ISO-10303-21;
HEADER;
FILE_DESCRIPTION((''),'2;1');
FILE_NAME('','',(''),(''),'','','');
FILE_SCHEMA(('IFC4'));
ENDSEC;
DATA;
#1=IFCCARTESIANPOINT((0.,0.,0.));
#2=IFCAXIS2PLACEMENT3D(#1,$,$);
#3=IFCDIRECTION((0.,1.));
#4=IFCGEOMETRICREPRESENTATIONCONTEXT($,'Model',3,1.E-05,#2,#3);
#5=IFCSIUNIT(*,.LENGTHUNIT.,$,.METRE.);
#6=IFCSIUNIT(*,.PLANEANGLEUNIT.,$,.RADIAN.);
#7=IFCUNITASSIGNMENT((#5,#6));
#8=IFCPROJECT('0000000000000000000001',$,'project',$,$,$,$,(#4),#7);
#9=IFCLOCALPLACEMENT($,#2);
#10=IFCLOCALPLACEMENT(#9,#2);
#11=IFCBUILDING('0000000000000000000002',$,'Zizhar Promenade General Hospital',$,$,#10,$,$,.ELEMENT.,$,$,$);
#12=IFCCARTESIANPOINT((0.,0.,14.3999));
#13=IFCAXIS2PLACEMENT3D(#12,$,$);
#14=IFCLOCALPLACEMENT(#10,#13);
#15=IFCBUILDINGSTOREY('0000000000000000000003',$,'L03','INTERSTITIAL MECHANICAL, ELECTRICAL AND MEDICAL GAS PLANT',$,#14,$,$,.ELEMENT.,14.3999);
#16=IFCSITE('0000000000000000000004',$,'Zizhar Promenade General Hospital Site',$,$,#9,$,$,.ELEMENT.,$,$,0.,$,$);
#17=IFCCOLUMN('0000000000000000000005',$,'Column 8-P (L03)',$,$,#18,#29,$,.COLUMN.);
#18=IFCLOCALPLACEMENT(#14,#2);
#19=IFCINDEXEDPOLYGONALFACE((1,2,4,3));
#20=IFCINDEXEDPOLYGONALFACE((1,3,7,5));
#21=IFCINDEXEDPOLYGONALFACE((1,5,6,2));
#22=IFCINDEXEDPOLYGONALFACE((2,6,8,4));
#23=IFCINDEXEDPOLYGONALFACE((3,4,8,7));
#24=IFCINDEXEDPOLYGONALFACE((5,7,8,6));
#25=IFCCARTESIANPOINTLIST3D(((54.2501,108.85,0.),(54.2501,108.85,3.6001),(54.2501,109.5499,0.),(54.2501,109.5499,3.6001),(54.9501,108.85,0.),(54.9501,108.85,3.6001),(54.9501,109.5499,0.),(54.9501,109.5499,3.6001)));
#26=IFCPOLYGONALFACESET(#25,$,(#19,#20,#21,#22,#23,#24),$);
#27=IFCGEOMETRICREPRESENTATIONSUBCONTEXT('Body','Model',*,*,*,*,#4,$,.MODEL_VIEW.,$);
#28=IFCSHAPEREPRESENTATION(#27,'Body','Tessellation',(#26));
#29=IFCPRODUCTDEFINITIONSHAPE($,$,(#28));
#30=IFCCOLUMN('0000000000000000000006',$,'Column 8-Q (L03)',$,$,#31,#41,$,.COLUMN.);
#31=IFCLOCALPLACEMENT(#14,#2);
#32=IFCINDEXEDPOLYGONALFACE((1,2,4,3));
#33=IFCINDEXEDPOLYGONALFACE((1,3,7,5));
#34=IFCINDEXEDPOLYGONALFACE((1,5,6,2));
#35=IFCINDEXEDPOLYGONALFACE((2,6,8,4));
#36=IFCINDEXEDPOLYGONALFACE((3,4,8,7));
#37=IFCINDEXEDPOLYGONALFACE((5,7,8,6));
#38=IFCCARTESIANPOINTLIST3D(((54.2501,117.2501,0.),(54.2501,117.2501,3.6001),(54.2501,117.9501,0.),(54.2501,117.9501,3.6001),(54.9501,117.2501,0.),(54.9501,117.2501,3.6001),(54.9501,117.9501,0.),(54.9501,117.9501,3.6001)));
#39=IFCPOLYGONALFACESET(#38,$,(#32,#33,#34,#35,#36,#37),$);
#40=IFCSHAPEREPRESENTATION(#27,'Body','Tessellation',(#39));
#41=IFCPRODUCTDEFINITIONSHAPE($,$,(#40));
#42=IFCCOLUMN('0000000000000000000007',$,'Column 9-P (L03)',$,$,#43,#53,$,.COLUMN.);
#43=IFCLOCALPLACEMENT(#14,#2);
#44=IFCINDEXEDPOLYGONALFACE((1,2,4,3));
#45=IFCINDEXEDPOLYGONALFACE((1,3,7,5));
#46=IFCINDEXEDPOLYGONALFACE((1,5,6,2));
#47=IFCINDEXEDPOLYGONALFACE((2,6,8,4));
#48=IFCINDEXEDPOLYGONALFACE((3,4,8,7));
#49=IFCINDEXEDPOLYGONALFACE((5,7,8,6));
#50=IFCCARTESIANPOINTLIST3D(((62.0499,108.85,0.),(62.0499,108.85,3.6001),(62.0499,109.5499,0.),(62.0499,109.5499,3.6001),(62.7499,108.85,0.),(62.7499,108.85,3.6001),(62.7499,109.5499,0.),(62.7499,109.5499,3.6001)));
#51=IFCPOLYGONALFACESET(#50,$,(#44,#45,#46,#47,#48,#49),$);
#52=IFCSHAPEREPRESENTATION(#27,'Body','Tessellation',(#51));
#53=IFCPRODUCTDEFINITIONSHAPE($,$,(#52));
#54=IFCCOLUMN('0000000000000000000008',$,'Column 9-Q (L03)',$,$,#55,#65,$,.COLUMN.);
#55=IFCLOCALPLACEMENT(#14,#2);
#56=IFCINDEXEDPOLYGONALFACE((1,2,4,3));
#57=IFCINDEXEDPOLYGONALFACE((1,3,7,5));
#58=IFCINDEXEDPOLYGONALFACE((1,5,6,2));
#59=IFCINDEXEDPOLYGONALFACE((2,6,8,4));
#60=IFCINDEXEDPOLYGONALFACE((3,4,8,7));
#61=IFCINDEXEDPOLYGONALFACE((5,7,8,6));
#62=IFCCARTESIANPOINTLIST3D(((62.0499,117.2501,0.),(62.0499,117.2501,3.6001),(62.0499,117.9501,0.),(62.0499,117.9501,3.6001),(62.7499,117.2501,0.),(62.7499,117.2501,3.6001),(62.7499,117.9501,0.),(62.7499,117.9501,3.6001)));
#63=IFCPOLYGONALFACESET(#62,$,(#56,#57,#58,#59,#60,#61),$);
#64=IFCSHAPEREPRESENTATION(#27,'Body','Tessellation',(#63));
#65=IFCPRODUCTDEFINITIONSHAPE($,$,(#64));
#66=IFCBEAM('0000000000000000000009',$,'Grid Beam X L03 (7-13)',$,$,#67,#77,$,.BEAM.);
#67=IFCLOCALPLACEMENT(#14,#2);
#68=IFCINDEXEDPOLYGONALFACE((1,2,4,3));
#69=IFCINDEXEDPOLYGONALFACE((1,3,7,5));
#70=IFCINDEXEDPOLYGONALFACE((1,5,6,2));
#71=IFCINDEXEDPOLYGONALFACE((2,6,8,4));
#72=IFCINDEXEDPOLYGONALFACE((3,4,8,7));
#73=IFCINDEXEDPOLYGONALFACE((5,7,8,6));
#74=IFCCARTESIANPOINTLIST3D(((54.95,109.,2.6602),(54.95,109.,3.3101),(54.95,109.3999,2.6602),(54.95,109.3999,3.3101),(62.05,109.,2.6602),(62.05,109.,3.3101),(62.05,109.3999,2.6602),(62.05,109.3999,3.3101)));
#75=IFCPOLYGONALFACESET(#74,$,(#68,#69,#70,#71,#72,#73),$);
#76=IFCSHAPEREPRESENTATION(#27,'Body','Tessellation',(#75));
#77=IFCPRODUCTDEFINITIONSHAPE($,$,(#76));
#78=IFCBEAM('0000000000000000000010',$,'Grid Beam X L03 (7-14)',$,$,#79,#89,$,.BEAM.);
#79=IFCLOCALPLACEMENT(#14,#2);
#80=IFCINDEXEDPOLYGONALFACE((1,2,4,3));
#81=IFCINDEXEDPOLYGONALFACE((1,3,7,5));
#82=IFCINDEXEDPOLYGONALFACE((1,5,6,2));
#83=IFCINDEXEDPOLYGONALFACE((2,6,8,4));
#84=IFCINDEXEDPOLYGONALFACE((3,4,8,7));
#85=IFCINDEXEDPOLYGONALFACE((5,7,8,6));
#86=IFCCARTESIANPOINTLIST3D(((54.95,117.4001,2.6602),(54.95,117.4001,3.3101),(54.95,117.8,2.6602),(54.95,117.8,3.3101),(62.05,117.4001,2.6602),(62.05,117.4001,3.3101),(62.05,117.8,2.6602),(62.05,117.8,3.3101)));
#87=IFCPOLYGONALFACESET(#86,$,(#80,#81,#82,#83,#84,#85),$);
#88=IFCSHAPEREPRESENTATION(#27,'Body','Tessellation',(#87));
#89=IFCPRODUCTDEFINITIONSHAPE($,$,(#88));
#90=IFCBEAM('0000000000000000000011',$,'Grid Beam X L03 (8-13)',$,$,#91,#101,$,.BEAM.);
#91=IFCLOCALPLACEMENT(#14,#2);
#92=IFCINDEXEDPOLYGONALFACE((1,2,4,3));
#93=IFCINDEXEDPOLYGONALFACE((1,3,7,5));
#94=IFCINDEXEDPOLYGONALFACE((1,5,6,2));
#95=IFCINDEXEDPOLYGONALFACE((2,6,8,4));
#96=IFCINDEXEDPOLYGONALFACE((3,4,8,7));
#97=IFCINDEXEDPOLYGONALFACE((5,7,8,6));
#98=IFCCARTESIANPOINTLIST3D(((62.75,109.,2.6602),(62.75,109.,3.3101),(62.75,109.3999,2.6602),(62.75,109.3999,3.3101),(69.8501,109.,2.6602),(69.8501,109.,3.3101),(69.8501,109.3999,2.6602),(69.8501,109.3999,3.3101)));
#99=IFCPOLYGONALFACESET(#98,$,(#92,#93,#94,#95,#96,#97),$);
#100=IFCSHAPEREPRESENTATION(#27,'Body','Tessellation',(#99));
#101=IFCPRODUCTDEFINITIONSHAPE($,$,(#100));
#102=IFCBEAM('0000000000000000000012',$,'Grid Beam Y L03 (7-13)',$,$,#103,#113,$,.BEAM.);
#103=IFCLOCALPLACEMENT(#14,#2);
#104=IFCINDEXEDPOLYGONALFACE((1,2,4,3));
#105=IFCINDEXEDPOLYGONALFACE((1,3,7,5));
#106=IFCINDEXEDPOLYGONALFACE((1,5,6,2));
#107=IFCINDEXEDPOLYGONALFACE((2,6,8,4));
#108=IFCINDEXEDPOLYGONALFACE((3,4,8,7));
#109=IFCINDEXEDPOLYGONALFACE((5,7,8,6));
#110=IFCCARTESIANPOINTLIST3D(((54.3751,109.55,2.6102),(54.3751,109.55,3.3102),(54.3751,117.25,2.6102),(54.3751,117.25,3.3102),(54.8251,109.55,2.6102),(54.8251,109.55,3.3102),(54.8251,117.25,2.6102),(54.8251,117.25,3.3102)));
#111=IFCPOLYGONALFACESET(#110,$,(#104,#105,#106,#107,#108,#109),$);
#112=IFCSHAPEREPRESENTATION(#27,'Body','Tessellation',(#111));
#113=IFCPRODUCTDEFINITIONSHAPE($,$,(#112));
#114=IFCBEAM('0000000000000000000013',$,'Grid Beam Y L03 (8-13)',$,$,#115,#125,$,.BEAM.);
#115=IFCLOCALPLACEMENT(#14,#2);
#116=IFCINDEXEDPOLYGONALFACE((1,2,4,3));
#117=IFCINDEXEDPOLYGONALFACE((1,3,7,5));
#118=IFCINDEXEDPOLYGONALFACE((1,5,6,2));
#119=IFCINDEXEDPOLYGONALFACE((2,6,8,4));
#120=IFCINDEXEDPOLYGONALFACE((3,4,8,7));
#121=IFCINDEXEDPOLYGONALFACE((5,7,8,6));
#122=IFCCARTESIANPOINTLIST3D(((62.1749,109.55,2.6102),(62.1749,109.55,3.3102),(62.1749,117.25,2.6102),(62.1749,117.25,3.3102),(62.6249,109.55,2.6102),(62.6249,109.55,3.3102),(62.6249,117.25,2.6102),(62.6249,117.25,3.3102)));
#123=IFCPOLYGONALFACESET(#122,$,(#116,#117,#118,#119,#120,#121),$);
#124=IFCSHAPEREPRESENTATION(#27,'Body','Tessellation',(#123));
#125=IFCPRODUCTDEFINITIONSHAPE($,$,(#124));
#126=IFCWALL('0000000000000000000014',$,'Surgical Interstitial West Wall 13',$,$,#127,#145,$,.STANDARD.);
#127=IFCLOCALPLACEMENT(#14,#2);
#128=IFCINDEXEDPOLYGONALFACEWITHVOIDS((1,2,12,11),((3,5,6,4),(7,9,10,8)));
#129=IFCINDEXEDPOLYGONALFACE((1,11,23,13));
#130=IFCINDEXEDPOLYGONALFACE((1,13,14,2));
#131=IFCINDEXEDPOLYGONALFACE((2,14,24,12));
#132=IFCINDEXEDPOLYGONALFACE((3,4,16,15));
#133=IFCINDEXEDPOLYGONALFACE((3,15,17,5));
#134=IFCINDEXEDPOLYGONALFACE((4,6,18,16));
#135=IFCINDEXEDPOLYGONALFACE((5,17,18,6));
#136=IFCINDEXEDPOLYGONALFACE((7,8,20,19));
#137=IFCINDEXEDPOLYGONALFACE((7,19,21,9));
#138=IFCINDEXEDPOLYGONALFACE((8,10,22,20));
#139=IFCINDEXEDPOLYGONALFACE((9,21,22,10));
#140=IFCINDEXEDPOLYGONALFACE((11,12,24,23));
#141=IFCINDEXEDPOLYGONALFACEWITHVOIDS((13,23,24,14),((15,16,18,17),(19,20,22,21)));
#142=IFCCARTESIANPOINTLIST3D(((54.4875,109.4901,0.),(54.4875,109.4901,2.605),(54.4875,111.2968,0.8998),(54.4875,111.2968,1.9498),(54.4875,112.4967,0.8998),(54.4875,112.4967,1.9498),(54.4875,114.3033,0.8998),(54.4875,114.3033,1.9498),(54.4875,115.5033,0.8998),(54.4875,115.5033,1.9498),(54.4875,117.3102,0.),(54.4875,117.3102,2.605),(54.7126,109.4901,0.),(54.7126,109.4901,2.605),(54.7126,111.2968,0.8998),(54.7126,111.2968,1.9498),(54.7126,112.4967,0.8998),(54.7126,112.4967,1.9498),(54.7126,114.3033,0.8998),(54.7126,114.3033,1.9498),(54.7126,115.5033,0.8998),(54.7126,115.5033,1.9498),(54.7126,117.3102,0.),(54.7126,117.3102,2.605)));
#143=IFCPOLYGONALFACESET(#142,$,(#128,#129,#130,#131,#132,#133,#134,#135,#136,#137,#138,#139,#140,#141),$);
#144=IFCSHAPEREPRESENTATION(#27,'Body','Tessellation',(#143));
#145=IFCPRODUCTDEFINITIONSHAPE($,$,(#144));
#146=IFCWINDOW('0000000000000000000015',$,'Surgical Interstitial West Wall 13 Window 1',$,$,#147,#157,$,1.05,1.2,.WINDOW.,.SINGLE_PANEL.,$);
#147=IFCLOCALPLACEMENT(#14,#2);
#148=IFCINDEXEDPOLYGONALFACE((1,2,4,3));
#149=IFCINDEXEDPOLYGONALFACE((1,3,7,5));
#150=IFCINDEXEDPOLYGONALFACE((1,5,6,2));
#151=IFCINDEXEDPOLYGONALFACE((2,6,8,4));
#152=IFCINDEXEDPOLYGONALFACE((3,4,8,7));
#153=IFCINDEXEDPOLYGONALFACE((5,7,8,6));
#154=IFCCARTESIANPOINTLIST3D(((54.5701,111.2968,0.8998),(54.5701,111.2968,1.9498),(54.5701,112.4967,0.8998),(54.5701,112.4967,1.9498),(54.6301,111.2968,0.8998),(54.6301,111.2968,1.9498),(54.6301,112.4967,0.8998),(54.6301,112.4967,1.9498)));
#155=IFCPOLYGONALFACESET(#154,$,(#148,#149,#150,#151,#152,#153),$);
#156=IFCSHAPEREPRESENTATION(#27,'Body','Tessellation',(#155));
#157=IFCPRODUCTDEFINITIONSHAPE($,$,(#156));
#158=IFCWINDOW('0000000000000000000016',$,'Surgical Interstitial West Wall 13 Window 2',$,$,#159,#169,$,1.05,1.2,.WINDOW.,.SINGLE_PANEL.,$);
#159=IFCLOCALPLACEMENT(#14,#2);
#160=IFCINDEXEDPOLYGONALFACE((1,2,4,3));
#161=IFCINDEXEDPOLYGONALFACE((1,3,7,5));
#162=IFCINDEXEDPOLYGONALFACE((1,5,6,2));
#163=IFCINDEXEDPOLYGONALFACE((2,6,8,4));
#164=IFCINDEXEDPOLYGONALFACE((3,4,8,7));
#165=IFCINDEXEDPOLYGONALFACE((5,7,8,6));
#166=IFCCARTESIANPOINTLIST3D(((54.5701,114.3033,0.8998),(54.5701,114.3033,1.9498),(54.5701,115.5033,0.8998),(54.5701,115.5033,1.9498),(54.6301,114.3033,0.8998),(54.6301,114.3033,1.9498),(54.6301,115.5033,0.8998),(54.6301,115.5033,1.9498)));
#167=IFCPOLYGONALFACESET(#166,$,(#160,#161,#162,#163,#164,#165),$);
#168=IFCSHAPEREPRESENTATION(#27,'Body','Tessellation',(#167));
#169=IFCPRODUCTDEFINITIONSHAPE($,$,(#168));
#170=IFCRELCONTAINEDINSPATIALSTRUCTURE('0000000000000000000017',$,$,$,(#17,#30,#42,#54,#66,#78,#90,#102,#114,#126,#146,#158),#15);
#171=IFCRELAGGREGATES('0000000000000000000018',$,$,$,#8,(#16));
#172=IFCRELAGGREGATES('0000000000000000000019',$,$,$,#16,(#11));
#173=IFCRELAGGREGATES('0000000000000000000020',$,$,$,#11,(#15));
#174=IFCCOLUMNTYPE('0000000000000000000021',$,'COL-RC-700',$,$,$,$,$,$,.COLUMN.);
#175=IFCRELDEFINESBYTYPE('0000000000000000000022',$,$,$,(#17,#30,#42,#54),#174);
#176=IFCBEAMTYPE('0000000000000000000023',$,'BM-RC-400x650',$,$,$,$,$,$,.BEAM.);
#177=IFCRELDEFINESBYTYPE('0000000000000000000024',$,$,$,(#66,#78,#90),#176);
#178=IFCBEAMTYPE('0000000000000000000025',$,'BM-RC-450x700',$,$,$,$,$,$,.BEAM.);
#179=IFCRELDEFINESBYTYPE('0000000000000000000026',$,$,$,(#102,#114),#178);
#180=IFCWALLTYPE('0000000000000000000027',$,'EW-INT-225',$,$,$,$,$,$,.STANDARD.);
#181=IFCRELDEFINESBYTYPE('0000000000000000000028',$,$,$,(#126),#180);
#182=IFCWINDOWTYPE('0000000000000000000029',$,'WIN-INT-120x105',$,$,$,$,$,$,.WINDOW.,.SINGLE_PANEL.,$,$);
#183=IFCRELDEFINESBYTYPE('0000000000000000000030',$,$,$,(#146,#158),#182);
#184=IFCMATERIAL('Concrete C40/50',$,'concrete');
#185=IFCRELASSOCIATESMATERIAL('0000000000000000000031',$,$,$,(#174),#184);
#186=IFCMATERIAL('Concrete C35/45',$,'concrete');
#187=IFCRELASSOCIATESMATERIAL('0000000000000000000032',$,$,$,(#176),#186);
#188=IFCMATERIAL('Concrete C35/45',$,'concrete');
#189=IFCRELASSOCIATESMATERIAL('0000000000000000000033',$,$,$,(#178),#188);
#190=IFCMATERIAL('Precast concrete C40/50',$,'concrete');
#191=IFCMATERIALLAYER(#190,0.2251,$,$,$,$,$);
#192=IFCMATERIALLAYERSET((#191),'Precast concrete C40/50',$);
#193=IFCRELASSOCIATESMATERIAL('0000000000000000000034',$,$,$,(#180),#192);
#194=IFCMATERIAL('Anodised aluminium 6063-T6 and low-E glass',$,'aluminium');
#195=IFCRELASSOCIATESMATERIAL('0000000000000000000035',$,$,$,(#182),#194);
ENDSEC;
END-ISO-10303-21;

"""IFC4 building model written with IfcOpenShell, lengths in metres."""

from ifc_helpers import new_model, si_unit, direction, frame, frame_2d, origin, origin_2d, place, context, subcontext, project, spatial, rectangle, extrude, material, layer, layer_set, material_profile, profile_set, type_object, element, fill, save


model = new_model("IFC4")

# Units and contexts
model_context = context("Model", 3, precision=1e-05, world=origin(), true_north=direction((0.0, 1.0)))
body_context = subcontext(model_context, "Body", "Model", "MODEL_VIEW")
ifc_project = project(units=[si_unit("LENGTHUNIT", "METRE"), si_unit("PLANEANGLEUNIT", "RADIAN")], contexts=[model_context])

# Site, building, storey
site_placement = place(None, origin())
site = spatial("IfcSite", under=ifc_project, at=site_placement, Name="Zizhar Promenade General Hospital Site", CompositionType="ELEMENT", RefElevation=0.0)
building_placement = place(site_placement, origin())
building = spatial("IfcBuilding", under=site, at=building_placement, Name="Zizhar Promenade General Hospital", CompositionType="ELEMENT")
storey_placement = place(building_placement, frame((0.0, 0.0, 14.3999)))
storey = spatial("IfcBuildingStorey", under=building, at=storey_placement, Name="L03", Description="INTERSTITIAL MECHANICAL, ELECTRICAL AND MEDICAL GAS PLANT", CompositionType="ELEMENT", Elevation=14.3999)

# Columns
ifc_material_1 = material(Name="Concrete C40/50", Category="concrete")
ifc_material_profile_1 = material_profile(ifc_material_1, rectangle(XDim=0.7, YDim=0.7, at=origin_2d()))
ifc_profile_set_1 = profile_set([ifc_material_profile_1], Name="Concrete C40/50")
column_type = type_object("IfcColumnType", Name="COL-RC-700", PredefinedType="COLUMN", material=ifc_profile_set_1)
for number, where, z_axis, x_axis, name in (
    (1, (54.6001, 109.2, 0.0), (0.0, 0.0, 1.0), (1.0, 0.0, 0.0), "Column 8-P (L03)"),
    (2, (54.6001, 117.6001, 0.0), (0.0, 0.0, 1.0), (1.0, 0.0, 0.0), "Column 8-Q (L03)"),
    (3, (62.3999, 109.2, 0.0), (0.0, 0.0, 1.0), (1.0, 0.0, 0.0), "Column 9-P (L03)"),
    (4, (62.3999, 117.6001, 0.0), (0.0, 0.0, 1.0), (1.0, 0.0, 0.0), "Column 9-Q (L03)"),
):
    element("IfcColumn", number, at=place(storey_placement, frame(where, z_axis=z_axis, x_axis=x_axis)), inside=storey, type_object=column_type, Name=name, PredefinedType="COLUMN", context=body_context, shape_type="SweptSolid", body=[
        extrude(rectangle(XDim=0.7, YDim=0.7, at=origin_2d()), origin(), (0.0, 0.0, 1.0), 3.6001),
    ])

# Beams
ifc_material_2 = material(Name="Concrete C35/45", Category="concrete")
ifc_material_profile_2 = material_profile(ifc_material_2, rectangle(XDim=0.3999, YDim=0.6499, at=origin_2d()))
ifc_profile_set_2 = profile_set([ifc_material_profile_2], Name="Concrete C35/45")
beam_type_1 = type_object("IfcBeamType", Name="BM-RC-400x650", PredefinedType="BEAM", material=ifc_profile_set_2)
for number, where, z_axis, x_axis, name in (
    (5, (54.95, 109.2, 2.9851), (1.0, 0.0, 0.0), (0.0, 1.0, 0.0), "Grid Beam X L03 (7-13)"),
    (6, (54.95, 117.6001, 2.9851), (1.0, 0.0, 0.0), (0.0, 1.0, 0.0), "Grid Beam X L03 (7-14)"),
    (7, (62.75, 109.2, 2.9851), (1.0, 0.0, 0.0), (0.0, 1.0, 0.0), "Grid Beam X L03 (8-13)"),
):
    element("IfcBeam", number, at=place(storey_placement, frame(where, z_axis=z_axis, x_axis=x_axis)), inside=storey, type_object=beam_type_1, Name=name, PredefinedType="BEAM", context=body_context, shape_type="SweptSolid", body=[
        extrude(rectangle(XDim=0.3999, YDim=0.6499, at=origin_2d()), origin(), (0.0, 0.0, 1.0), 7.1001),
    ])
ifc_material_3 = material(Name="Concrete C35/45", Category="concrete")
ifc_material_profile_3 = material_profile(ifc_material_3, rectangle(XDim=0.45, YDim=0.7, at=origin_2d()))
ifc_profile_set_3 = profile_set([ifc_material_profile_3], Name="Concrete C35/45")
beam_type_2 = type_object("IfcBeamType", Name="BM-RC-450x700", PredefinedType="BEAM", material=ifc_profile_set_3)
for number, where, z_axis, x_axis, name in (
    (8, (54.6001, 109.55, 2.9602), (0.0, 1.0, 0.0), (-1.0, 0.0, 0.0), "Grid Beam Y L03 (7-13)"),
    (9, (62.3999, 109.55, 2.9602), (0.0, 1.0, 0.0), (-1.0, 0.0, 0.0), "Grid Beam Y L03 (8-13)"),
):
    element("IfcBeam", number, at=place(storey_placement, frame(where, z_axis=z_axis, x_axis=x_axis)), inside=storey, type_object=beam_type_2, Name=name, PredefinedType="BEAM", context=body_context, shape_type="SweptSolid", body=[
        extrude(rectangle(XDim=0.45, YDim=0.7, at=origin_2d()), origin(), (0.0, 0.0, 1.0), 7.7),
    ])

# Wall, openings, windows
ifc_material_4 = material(Name="Precast concrete C40/50", Category="concrete")
ifc_layer_1 = layer(ifc_material_4, 0.2251)
ifc_layer_set_1 = layer_set([ifc_layer_1], Name="Precast concrete C40/50")
wall_type_1 = type_object("IfcWallType", Name="EW-INT-225", PredefinedType="STANDARD", material=ifc_layer_set_1)
wall_1_placement = place(storey_placement, frame((54.6001, 109.49, 0.0), z_axis=(0.0, 0.0, 1.0), x_axis=(0.0, 1.0, 0.0)))
wall_1 = element("IfcWall", 10, at=wall_1_placement, inside=storey, type_object=wall_type_1, Name="Surgical Interstitial West Wall 13", PredefinedType="STANDARD", context=body_context, shape_type="SweptSolid", body=[
    extrude(rectangle(XDim=7.8201, YDim=0.2251, at=frame_2d((3.9102, 0.0))), origin(), (0.0, 0.0, 1.0), 2.605),
])
opening_1_placement = place(wall_1_placement, frame((1.8066, 0.0, 0.8999)))
opening_1 = element("IfcOpeningElement", 11, at=opening_1_placement, cuts=wall_1, PredefinedType="OPENING", context=body_context, shape_type="SweptSolid", body=[
    extrude(rectangle(XDim=1.2, YDim=1.05, at=frame_2d((0.6001, 0.5249))), frame((0.0, 0.1226, 0.0), z_axis=(0.0, -1.0, 0.0), x_axis=(1.0, 0.0, 0.0)), (0.0, 0.0, 1.0), 0.2451),
])
opening_2_placement = place(wall_1_placement, frame((4.8132, 0.0, 0.8999)))
opening_2 = element("IfcOpeningElement", 12, at=opening_2_placement, cuts=wall_1, PredefinedType="OPENING", context=body_context, shape_type="SweptSolid", body=[
    extrude(rectangle(XDim=1.2, YDim=1.05, at=frame_2d((0.6001, 0.5249))), frame((0.0, 0.1226, 0.0), z_axis=(0.0, -1.0, 0.0), x_axis=(1.0, 0.0, 0.0)), (0.0, 0.0, 1.0), 0.2451),
])
ifc_material_5 = material(Name="Anodised aluminium 6063-T6 and low-E glass", Category="aluminium")
window_type = type_object("IfcWindowType", Name="WIN-INT-120x105", PartitioningType="SINGLE_PANEL", PredefinedType="WINDOW", material=ifc_material_5)
window_1_placement = place(opening_1_placement, origin())
window_1 = element("IfcWindow", 13, at=window_1_placement, inside=storey, type_object=window_type, Name="Surgical Interstitial West Wall 13 Window 1", OverallHeight=1.05, OverallWidth=1.2, PartitioningType="SINGLE_PANEL", PredefinedType="WINDOW", context=body_context, shape_type="SweptSolid", body=[
    extrude(rectangle(XDim=1.2, YDim=1.05, at=frame_2d((0.6001, 0.5249))), frame((0.0, 0.03, 0.0), z_axis=(0.0, -1.0, 0.0), x_axis=(1.0, 0.0, 0.0)), (0.0, 0.0, 1.0), 0.0601),
])
fill(opening_1, window_1)
window_2_placement = place(opening_2_placement, origin())
window_2 = element("IfcWindow", 14, at=window_2_placement, inside=storey, type_object=window_type, Name="Surgical Interstitial West Wall 13 Window 2", OverallHeight=1.05, OverallWidth=1.2, PartitioningType="SINGLE_PANEL", PredefinedType="WINDOW", context=body_context, shape_type="SweptSolid", body=[
    extrude(rectangle(XDim=1.2, YDim=1.05, at=frame_2d((0.6001, 0.5249))), frame((0.0, 0.03, 0.0), z_axis=(0.0, -1.0, 0.0), x_axis=(1.0, 0.0, 0.0)), (0.0, 0.0, 1.0), 0.0601),
])
fill(opening_2, window_2)

save(model, "model.ifc")
